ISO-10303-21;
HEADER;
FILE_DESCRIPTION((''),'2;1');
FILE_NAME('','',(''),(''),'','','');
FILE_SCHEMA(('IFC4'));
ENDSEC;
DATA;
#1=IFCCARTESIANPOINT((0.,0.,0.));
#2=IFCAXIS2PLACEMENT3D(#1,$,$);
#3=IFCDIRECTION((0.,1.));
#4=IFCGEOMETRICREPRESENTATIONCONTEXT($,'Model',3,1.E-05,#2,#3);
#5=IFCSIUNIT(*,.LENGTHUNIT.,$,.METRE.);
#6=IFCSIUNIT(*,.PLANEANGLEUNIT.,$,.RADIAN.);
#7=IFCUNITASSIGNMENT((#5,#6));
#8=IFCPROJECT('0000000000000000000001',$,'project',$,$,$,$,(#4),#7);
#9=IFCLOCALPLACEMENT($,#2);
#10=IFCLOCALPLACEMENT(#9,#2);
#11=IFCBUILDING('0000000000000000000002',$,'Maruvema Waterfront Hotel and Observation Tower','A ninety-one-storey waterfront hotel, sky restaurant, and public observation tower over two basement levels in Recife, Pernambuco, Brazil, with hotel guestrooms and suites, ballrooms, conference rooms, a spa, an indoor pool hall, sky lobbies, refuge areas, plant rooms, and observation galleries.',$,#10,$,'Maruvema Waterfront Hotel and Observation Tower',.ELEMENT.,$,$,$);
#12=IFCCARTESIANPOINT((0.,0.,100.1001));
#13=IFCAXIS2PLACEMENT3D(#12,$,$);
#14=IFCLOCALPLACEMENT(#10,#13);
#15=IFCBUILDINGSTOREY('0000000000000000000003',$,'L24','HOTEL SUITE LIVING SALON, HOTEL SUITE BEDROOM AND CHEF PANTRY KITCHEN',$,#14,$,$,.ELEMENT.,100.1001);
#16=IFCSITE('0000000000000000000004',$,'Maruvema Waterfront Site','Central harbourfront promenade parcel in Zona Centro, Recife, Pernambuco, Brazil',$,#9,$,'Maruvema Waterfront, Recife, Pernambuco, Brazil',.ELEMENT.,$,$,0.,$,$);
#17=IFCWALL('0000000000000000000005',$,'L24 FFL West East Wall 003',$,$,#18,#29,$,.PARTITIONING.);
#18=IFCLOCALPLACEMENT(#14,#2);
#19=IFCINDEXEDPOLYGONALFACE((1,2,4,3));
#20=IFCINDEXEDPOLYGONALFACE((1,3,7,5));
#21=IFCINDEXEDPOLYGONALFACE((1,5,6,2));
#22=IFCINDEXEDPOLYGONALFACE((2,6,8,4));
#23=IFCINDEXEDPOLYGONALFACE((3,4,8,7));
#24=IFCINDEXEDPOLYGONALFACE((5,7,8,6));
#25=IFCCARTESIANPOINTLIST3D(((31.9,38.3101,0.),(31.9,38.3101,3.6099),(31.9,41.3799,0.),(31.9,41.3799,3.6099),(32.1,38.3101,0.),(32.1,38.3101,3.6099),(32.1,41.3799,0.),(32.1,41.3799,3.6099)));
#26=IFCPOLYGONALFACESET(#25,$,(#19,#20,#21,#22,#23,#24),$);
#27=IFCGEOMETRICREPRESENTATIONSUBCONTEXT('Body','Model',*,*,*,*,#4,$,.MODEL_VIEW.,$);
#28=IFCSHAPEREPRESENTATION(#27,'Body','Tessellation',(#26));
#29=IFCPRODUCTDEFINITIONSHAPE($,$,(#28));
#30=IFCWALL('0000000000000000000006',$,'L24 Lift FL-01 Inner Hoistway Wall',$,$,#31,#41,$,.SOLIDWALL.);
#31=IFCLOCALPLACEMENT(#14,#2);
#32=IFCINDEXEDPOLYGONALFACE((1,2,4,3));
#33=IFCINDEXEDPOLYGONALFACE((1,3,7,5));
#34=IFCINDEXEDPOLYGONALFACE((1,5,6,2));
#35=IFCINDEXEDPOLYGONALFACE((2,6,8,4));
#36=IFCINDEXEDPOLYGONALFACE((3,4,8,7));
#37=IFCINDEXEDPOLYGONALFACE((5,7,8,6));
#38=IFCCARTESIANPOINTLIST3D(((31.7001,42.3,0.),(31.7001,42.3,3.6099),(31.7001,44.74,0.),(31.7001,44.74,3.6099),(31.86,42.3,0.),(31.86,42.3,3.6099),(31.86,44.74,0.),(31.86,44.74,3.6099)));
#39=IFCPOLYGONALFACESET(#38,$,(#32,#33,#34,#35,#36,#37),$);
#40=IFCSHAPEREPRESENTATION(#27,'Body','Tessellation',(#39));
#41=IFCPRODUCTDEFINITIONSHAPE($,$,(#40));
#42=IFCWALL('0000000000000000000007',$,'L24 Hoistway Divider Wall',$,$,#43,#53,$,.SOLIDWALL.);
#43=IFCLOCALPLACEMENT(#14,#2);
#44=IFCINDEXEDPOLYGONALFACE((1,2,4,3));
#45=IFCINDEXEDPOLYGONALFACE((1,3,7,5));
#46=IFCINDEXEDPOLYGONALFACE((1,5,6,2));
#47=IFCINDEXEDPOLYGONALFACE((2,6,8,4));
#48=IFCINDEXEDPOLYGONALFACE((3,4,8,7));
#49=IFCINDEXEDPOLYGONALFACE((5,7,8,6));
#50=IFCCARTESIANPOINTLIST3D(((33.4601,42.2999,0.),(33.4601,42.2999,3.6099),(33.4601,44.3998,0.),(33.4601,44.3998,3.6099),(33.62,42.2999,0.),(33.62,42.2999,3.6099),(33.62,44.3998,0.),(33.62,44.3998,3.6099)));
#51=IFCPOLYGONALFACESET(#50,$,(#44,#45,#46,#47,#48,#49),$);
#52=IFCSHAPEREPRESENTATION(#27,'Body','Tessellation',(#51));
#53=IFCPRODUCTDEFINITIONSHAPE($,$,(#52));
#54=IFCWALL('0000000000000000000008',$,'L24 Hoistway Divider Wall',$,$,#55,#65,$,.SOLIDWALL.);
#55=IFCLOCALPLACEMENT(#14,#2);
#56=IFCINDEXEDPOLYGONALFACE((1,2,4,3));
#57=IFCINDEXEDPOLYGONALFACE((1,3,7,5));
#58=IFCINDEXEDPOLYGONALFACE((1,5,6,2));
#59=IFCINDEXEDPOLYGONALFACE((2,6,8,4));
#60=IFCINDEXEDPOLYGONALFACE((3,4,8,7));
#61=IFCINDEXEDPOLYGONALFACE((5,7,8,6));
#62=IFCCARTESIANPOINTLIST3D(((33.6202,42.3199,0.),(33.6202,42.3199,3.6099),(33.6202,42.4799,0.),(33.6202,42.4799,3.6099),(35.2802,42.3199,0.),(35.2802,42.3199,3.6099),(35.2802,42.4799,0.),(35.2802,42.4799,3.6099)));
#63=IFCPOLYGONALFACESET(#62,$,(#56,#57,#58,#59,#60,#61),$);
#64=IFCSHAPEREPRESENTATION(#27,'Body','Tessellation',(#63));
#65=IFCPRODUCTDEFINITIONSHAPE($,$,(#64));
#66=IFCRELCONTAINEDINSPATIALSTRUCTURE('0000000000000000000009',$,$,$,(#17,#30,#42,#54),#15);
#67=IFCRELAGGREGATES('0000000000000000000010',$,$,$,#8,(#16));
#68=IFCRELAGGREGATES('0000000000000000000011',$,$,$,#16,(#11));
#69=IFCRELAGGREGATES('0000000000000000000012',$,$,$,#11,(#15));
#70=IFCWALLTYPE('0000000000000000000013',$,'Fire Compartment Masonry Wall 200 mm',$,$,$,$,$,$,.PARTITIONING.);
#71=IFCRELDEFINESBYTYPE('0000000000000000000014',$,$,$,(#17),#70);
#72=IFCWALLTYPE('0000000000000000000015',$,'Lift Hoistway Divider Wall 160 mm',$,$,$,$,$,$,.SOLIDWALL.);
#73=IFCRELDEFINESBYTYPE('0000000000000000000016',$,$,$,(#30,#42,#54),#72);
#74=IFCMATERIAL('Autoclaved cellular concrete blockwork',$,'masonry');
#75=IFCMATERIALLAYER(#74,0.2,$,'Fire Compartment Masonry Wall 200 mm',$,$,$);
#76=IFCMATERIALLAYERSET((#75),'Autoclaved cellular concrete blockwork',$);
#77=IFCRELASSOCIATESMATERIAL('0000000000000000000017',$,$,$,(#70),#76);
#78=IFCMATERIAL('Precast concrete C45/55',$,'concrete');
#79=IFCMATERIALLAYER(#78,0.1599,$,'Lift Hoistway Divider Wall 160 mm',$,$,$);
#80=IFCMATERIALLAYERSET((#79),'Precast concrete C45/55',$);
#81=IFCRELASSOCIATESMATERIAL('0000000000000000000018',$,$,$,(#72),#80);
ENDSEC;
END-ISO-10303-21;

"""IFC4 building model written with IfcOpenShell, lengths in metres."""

from ifc_helpers import new_model, si_unit, direction, frame, frame_2d, origin, place, context, subcontext, project, spatial, rectangle, extrude, material, layer, layer_set, type_object, element, save


model = new_model("IFC4")

# Units and contexts
model_context = context("Model", 3, precision=1e-05, world=origin(), true_north=direction((0.0, 1.0)))
body_context = subcontext(model_context, "Body", "Model", "MODEL_VIEW")
ifc_project = project(units=[si_unit("LENGTHUNIT", "METRE"), si_unit("PLANEANGLEUNIT", "RADIAN")], contexts=[model_context])

# Site, building, storey
site_placement = place(None, origin())
site = spatial("IfcSite", under=ifc_project, at=site_placement, Name="Maruvema Waterfront Site", Description="Central harbourfront promenade parcel in Zona Centro, Recife, Pernambuco, Brazil", LongName="Maruvema Waterfront, Recife, Pernambuco, Brazil", CompositionType="ELEMENT", RefElevation=0.0)
building_placement = place(site_placement, origin())
building = spatial("IfcBuilding", under=site, at=building_placement, Name="Maruvema Waterfront Hotel and Observation Tower", Description="A ninety-one-storey waterfront hotel, sky restaurant, and public observation tower over two basement levels in Recife, Pernambuco, Brazil, with hotel guestrooms and suites, ballrooms, conference rooms, a spa, an indoor pool hall, sky lobbies, refuge areas, plant rooms, and observation galleries.", LongName="Maruvema Waterfront Hotel and Observation Tower", CompositionType="ELEMENT")
storey_placement = place(building_placement, frame((0.0, 0.0, 100.1001)))
storey = spatial("IfcBuildingStorey", under=building, at=storey_placement, Name="L24", Description="HOTEL SUITE LIVING SALON, HOTEL SUITE BEDROOM AND CHEF PANTRY KITCHEN", CompositionType="ELEMENT", Elevation=100.1001)

# Walls
ifc_material_1 = material(Name="Autoclaved cellular concrete blockwork", Category="masonry")
ifc_layer_1 = layer(ifc_material_1, 0.2, Name="Fire Compartment Masonry Wall 200 mm")
ifc_layer_set_1 = layer_set([ifc_layer_1], Name="Autoclaved cellular concrete blockwork")
wall_type_1 = type_object("IfcWallType", Name="Fire Compartment Masonry Wall 200 mm", PredefinedType="PARTITIONING", material=ifc_layer_set_1)
for number, where, z_axis, x_axis, name in (
    (1, (32.0, 38.3101, 0.0), (0.0, 0.0, 1.0), (0.0, 1.0, 0.0), "L24 FFL West East Wall 003"),
):
    element("IfcWall", number, at=place(storey_placement, frame(where, z_axis=z_axis, x_axis=x_axis)), inside=storey, type_object=wall_type_1, Name=name, PredefinedType="PARTITIONING", context=body_context, shape_type="SweptSolid", body=[
        extrude(rectangle(XDim=3.0698, YDim=0.2, at=frame_2d((1.5349, 0.0))), origin(), (0.0, 0.0, 1.0), 3.6099),
    ])
ifc_material_2 = material(Name="Precast concrete C45/55", Category="concrete")
ifc_layer_2 = layer(ifc_material_2, 0.1599, Name="Lift Hoistway Divider Wall 160 mm")
ifc_layer_set_2 = layer_set([ifc_layer_2], Name="Precast concrete C45/55")
wall_type_2 = type_object("IfcWallType", Name="Lift Hoistway Divider Wall 160 mm", PredefinedType="SOLIDWALL", material=ifc_layer_set_2)
wall_1_placement = place(storey_placement, frame((31.78, 42.3, 0.0), z_axis=(0.0, 0.0, 1.0), x_axis=(0.0, 1.0, 0.0)))
element("IfcWall", 2, at=wall_1_placement, inside=storey, type_object=wall_type_2, Name="L24 Lift FL-01 Inner Hoistway Wall", PredefinedType="SOLIDWALL", context=body_context, shape_type="SweptSolid", body=[
    extrude(rectangle(XDim=2.4399, YDim=0.1599, at=frame_2d((1.22, 0.0))), origin(), (0.0, 0.0, 1.0), 3.6099),
])
wall_2_placement = place(storey_placement, frame((33.54, 42.3, 0.0), z_axis=(0.0, 0.0, 1.0), x_axis=(0.0, 1.0, 0.0)))
element("IfcWall", 3, at=wall_2_placement, inside=storey, type_object=wall_type_2, Name="L24 Hoistway Divider Wall", PredefinedType="SOLIDWALL", context=body_context, shape_type="SweptSolid", body=[
    extrude(rectangle(XDim=2.0999, YDim=0.1599, at=frame_2d((1.0498, 0.0))), origin(), (0.0, 0.0, 1.0), 3.6099),
])
wall_3_placement = place(storey_placement, frame((33.6201, 42.3999, 0.0), z_axis=(0.0, 0.0, 1.0), x_axis=(1.0, 0.0, 0.0)))
element("IfcWall", 4, at=wall_3_placement, inside=storey, type_object=wall_type_2, Name="L24 Hoistway Divider Wall", PredefinedType="SOLIDWALL", context=body_context, shape_type="SweptSolid", body=[
    extrude(rectangle(XDim=1.6599, YDim=0.1599, at=frame_2d((0.8301, 0.0))), origin(), (0.0, 0.0, 1.0), 3.6099),
])

save(model, "model.ifc")
